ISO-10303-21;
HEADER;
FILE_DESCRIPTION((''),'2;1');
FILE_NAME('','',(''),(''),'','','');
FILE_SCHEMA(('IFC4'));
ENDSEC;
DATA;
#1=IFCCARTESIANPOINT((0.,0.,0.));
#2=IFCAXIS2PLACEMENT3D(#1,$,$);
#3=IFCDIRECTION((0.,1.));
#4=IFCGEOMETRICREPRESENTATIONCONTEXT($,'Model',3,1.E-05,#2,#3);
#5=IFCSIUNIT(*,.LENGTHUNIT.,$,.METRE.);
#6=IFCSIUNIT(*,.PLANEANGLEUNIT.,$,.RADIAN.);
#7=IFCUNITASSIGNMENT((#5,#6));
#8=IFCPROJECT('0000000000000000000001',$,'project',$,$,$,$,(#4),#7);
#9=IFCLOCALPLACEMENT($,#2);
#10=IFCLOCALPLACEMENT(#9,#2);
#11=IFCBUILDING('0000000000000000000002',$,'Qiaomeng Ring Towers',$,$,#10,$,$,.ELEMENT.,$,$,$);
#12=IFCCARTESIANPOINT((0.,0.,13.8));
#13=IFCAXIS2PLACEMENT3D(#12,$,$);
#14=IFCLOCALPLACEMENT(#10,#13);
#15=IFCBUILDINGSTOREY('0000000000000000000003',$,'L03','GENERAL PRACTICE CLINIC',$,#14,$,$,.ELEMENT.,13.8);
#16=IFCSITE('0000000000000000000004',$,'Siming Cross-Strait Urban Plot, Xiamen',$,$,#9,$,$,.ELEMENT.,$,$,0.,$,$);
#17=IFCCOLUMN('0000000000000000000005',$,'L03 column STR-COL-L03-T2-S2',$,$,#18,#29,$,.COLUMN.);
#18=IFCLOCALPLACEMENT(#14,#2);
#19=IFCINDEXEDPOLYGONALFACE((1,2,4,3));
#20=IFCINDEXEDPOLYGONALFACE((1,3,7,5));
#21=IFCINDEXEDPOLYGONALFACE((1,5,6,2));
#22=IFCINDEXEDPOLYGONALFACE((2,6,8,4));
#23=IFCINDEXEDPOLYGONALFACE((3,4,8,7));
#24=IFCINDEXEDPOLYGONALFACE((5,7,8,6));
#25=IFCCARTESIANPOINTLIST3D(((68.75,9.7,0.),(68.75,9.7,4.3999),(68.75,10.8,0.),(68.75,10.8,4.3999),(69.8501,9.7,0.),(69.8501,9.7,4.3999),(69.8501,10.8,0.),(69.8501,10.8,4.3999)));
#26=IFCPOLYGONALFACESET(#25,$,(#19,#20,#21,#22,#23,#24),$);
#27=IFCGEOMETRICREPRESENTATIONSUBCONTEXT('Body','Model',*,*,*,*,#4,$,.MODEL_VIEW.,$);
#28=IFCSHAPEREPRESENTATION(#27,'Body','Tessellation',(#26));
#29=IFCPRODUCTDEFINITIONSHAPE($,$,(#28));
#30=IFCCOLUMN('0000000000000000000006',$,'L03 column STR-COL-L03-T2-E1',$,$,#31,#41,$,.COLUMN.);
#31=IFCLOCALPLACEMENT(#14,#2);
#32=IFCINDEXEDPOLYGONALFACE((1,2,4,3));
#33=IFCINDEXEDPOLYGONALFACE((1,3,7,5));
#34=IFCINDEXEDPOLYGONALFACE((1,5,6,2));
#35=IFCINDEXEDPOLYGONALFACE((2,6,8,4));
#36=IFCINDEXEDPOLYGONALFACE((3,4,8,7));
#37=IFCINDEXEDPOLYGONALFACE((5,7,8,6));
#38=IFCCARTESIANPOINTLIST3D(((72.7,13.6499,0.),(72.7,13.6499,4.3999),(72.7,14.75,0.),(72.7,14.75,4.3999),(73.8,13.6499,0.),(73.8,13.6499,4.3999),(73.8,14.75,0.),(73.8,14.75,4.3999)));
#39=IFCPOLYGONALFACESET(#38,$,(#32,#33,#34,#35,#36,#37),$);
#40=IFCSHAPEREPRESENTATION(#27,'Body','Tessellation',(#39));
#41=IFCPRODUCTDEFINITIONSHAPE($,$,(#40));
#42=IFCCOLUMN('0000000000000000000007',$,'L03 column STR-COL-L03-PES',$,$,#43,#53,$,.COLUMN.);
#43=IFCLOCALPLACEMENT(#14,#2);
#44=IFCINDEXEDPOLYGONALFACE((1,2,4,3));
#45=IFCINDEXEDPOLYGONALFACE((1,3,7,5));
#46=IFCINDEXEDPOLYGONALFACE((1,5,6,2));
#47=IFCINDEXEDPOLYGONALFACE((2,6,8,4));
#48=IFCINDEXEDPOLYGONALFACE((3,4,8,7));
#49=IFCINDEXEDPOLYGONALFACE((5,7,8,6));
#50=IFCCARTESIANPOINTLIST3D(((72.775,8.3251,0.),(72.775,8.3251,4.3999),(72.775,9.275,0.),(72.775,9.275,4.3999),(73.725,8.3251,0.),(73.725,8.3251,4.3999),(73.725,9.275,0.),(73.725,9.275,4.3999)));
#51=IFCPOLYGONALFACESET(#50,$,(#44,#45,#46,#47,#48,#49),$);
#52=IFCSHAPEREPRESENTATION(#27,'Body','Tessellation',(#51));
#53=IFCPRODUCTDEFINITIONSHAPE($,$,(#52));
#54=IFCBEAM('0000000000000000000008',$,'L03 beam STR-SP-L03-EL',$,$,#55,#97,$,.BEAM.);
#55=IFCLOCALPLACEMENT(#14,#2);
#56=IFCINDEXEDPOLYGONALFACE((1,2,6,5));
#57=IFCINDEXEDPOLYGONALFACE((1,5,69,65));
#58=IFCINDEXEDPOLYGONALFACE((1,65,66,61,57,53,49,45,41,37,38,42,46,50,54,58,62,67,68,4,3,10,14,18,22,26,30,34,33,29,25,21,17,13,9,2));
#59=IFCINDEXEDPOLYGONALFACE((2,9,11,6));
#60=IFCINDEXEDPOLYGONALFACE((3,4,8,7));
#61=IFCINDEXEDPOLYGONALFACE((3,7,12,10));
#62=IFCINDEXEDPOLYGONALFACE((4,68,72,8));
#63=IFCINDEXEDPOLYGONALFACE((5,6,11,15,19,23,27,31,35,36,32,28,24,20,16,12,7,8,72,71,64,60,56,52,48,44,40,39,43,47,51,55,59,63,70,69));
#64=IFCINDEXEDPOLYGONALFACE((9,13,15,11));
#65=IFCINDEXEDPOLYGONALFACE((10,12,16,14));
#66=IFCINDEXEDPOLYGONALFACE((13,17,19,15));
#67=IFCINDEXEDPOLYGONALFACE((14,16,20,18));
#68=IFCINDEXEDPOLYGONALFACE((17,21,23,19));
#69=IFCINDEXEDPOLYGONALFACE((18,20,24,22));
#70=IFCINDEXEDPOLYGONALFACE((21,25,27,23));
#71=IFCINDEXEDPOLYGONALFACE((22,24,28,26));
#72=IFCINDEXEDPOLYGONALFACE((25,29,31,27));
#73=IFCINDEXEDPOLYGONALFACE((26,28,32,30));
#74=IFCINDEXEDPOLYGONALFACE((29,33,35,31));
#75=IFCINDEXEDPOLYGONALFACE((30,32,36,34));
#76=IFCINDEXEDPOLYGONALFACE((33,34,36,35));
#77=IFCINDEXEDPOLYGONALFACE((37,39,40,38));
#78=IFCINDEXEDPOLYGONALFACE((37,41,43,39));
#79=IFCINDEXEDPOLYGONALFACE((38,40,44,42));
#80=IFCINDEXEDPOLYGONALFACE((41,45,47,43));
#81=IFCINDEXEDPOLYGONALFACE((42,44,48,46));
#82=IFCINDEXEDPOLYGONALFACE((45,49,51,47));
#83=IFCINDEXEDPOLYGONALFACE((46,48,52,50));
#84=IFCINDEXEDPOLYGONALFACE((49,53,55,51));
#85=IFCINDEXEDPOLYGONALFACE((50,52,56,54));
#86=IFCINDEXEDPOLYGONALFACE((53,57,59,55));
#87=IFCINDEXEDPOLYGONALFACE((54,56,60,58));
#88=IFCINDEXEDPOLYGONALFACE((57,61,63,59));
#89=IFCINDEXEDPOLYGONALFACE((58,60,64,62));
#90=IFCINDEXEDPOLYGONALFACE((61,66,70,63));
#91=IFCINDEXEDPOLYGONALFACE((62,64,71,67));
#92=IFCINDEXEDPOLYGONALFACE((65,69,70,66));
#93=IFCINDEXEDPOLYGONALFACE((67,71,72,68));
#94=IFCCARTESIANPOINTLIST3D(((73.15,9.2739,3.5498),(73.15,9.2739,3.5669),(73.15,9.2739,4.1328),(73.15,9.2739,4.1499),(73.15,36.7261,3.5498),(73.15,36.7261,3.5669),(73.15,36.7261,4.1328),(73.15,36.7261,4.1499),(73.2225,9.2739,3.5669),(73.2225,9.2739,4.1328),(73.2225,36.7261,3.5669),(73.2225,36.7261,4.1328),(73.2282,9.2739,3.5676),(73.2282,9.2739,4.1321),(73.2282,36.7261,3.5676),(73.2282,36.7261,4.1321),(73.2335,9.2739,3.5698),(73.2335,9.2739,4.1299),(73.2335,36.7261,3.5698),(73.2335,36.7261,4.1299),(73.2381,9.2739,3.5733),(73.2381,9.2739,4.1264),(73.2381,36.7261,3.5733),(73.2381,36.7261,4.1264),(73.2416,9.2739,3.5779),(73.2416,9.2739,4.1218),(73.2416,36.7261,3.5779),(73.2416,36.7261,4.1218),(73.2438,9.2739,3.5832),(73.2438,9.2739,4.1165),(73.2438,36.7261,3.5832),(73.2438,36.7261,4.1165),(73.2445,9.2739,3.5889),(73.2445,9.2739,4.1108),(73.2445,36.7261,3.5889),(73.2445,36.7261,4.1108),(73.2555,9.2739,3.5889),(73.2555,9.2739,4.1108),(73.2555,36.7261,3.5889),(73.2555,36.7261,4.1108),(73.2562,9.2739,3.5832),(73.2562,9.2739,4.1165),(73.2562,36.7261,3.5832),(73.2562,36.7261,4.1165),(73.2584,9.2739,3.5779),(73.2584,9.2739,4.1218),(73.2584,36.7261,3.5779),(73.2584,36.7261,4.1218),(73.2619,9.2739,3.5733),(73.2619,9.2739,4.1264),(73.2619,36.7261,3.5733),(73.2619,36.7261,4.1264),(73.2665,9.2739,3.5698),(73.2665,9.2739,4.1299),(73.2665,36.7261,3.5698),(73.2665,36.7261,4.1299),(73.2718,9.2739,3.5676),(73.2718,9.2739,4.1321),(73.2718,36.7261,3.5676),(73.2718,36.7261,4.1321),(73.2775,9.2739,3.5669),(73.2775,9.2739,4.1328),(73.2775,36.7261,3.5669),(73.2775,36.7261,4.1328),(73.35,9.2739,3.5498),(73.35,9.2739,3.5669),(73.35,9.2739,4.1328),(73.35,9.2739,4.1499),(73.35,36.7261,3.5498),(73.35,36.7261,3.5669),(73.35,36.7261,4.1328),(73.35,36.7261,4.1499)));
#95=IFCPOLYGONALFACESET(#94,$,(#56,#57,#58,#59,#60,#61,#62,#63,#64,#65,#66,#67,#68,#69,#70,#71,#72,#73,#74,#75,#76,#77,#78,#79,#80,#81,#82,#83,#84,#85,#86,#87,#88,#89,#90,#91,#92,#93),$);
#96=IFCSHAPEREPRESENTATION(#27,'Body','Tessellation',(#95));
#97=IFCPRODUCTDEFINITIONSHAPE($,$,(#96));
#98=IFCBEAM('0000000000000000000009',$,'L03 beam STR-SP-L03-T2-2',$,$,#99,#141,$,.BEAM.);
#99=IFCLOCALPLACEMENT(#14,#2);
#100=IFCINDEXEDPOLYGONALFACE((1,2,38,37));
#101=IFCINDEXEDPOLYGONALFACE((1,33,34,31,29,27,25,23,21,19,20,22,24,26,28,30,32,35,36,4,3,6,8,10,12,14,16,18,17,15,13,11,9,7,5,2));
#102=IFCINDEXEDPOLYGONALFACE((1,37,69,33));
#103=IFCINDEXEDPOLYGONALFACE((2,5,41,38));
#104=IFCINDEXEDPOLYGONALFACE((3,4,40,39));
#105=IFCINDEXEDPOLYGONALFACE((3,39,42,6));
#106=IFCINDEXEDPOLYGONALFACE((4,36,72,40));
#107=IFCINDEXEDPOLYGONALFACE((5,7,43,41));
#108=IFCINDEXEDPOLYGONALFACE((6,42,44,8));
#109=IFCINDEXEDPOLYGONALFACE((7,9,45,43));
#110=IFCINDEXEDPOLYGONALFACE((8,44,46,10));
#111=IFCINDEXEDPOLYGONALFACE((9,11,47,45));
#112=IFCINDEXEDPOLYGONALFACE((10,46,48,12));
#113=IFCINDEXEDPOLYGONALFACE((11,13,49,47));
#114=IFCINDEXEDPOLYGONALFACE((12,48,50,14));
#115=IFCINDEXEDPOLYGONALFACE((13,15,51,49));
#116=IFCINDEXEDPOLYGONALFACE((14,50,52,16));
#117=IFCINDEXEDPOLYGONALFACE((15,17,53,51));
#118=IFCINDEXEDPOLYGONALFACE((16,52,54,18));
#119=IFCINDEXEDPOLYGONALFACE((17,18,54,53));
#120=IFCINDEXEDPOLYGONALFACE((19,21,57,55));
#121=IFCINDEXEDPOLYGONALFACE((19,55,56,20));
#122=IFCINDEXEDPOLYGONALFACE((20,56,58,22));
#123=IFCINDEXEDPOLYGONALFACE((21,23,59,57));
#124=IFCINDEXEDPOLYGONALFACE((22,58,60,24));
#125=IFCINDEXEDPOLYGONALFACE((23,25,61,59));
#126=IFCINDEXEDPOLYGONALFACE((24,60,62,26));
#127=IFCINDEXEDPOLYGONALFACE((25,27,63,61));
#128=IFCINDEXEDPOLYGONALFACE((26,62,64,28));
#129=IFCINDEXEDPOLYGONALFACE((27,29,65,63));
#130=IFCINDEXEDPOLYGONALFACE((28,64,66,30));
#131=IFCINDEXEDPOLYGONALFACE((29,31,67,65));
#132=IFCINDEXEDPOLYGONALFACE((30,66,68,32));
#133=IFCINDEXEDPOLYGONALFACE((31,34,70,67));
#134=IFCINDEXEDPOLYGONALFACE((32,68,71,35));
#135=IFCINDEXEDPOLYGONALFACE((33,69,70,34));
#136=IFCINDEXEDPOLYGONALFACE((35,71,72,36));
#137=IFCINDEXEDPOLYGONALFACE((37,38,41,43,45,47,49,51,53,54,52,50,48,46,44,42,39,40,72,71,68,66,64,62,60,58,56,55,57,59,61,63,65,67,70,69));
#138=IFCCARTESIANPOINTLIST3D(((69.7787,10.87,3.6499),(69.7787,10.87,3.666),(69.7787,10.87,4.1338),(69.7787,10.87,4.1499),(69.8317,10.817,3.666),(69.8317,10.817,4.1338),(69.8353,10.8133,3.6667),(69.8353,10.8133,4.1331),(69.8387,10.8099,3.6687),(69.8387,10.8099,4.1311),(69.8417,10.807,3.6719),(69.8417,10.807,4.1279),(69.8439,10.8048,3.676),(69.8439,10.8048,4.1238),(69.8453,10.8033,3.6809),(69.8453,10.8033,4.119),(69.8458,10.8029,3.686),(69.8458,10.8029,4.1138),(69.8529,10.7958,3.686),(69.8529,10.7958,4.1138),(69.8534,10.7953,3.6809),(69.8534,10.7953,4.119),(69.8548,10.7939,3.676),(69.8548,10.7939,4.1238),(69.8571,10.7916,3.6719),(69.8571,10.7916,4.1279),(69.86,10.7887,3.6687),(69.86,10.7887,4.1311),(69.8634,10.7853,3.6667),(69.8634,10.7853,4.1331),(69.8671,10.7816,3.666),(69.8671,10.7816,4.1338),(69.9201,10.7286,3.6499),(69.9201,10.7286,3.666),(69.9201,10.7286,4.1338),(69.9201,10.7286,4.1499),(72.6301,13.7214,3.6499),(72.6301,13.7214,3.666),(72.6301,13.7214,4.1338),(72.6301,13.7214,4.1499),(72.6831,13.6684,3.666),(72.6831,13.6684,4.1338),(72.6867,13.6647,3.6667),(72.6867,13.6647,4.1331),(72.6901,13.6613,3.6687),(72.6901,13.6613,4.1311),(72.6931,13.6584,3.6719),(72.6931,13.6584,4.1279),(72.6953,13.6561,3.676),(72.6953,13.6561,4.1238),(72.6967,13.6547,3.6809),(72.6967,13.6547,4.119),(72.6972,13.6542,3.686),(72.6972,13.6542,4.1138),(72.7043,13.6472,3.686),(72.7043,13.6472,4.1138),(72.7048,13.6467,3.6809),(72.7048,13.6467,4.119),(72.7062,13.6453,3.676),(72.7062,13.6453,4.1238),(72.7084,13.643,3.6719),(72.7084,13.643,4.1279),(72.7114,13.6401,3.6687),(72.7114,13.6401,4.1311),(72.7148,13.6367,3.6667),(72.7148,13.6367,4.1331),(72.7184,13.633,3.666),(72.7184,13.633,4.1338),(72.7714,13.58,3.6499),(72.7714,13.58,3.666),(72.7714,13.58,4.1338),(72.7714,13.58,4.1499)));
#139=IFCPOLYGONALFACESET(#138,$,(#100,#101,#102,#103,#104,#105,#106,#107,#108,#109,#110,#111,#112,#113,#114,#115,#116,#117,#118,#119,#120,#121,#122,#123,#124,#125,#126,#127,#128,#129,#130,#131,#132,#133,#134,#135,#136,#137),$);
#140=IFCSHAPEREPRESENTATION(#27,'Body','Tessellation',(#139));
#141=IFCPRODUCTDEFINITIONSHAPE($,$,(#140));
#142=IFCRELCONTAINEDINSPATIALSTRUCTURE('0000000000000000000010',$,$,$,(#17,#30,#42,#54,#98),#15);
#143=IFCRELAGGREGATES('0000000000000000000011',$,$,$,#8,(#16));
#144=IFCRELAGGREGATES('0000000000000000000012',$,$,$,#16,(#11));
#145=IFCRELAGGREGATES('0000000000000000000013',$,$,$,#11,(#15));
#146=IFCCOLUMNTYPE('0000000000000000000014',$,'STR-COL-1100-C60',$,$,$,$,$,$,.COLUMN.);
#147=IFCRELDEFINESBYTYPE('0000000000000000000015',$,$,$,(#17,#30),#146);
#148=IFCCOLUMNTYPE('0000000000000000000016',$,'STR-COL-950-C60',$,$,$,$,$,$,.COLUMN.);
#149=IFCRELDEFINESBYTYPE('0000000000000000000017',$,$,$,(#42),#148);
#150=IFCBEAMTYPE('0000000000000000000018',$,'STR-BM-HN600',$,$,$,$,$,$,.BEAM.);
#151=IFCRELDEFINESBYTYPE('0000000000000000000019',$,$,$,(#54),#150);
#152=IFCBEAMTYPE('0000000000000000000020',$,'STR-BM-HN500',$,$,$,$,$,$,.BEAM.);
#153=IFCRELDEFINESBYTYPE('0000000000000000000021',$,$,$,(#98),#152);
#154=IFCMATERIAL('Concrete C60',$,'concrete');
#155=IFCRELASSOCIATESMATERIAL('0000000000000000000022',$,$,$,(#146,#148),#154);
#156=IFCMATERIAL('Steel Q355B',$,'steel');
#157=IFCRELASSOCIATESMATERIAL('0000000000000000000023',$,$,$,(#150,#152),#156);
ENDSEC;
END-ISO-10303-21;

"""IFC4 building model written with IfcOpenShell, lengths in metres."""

from ifc_helpers import new_model, si_unit, direction, frame, origin, origin_2d, place, context, subcontext, project, spatial, rectangle, i_section, extrude, source, transform, mapped, material, material_profile, profile_set, type_object, element, save


model = new_model("IFC4")

# Units and contexts
model_context = context("Model", 3, precision=1e-05, world=origin(), true_north=direction((0.0, 1.0)))
body_context = subcontext(model_context, "Body", "Model", "MODEL_VIEW")
ifc_project = project(units=[si_unit("LENGTHUNIT", "METRE"), si_unit("PLANEANGLEUNIT", "RADIAN")], contexts=[model_context])

# Site, building, storey
site_placement = place(None, origin())
site = spatial("IfcSite", under=ifc_project, at=site_placement, Name="Siming Cross-Strait Urban Plot, Xiamen", CompositionType="ELEMENT", RefElevation=0.0)
building_placement = place(site_placement, origin())
building = spatial("IfcBuilding", under=site, at=building_placement, Name="Qiaomeng Ring Towers", CompositionType="ELEMENT")
storey_placement = place(building_placement, frame((0.0, 0.0, 13.8)))
storey = spatial("IfcBuildingStorey", under=building, at=storey_placement, Name="L03", Description="GENERAL PRACTICE CLINIC", CompositionType="ELEMENT", Elevation=13.8)

# Columns
ifc_material_1 = material(Name="Concrete C60", Category="concrete")
ifc_material_profile_1 = material_profile(ifc_material_1, rectangle(XDim=1.1001, YDim=1.1001, at=origin_2d()), Name="RC COL 1100x1100")
ifc_profile_set_1 = profile_set([ifc_material_profile_1], Name="Concrete C60")
column_type_1 = type_object("IfcColumnType", Name="STR-COL-1100-C60", PredefinedType="COLUMN", material=ifc_profile_set_1)
shared_shape_1 = source(origin(), body_context, "Body", "SweptSolid", [
    extrude(rectangle(XDim=1.1001, YDim=1.1001, at=origin_2d()), origin(), (0.0, 0.0, 1.0), 4.3999),
])
for number, where, z_axis, x_axis, name in (
    (1, (69.3, 10.25, 0.0), (0.0, 0.0, 1.0), (1.0, 0.0, 0.0), "L03 column STR-COL-L03-T2-S2"),
    (2, (73.25, 14.2, 0.0), (0.0, 0.0, 1.0), (1.0, 0.0, 0.0), "L03 column STR-COL-L03-T2-E1"),
):
    element("IfcColumn", number, at=place(storey_placement, frame(where, z_axis=z_axis, x_axis=x_axis)), inside=storey, type_object=column_type_1, Name=name, PredefinedType="COLUMN", context=body_context, shape_type="MappedRepresentation", body=[
        mapped(shared_shape_1, transform((0.0, 0.0, 0.0), x_axis=(1.0, 0.0, 0.0), y_axis=(0.0, 1.0, 0.0), z_axis=(0.0, 0.0, 1.0), scale=1.0)),
    ])
ifc_material_profile_2 = material_profile(ifc_material_1, rectangle(XDim=0.95, YDim=0.95, at=origin_2d()), Name="RC COL 950x950")
ifc_profile_set_2 = profile_set([ifc_material_profile_2], Name="Concrete C60")
column_type_2 = type_object("IfcColumnType", Name="STR-COL-950-C60", PredefinedType="COLUMN", material=ifc_profile_set_2)
shared_shape_2 = source(origin(), body_context, "Body", "SweptSolid", [
    extrude(rectangle(XDim=0.95, YDim=0.95, at=origin_2d()), origin(), (0.0, 0.0, 1.0), 4.3999),
])
column_placement = place(storey_placement, frame((73.25, 8.8, 0.0), z_axis=(0.0, 0.0, 1.0), x_axis=(1.0, 0.0, 0.0)))
element("IfcColumn", 3, at=column_placement, inside=storey, type_object=column_type_2, Name="L03 column STR-COL-L03-PES", PredefinedType="COLUMN", context=body_context, shape_type="MappedRepresentation", body=[
    mapped(shared_shape_2, transform((0.0, 0.0, 0.0), x_axis=(1.0, 0.0, 0.0), y_axis=(0.0, 1.0, 0.0), z_axis=(0.0, 0.0, 1.0), scale=1.0)),
])

# Beams
ifc_material_2 = material(Name="Steel Q355B", Category="steel")
ifc_material_profile_3 = material_profile(ifc_material_2, i_section(OverallWidth=0.2, OverallDepth=0.6001, WebThickness=0.011, FlangeThickness=0.0171, FilletRadius=0.022, at=origin_2d()), Name="HN 600x200x11x17")
ifc_profile_set_3 = profile_set([ifc_material_profile_3], Name="Steel Q355B")
beam_type_1 = type_object("IfcBeamType", Name="STR-BM-HN600", PredefinedType="BEAM", material=ifc_profile_set_3)
shared_shape_3 = source(origin(), body_context, "Body", "SweptSolid", [
    extrude(i_section(OverallWidth=0.2, OverallDepth=0.6001, WebThickness=0.011, FlangeThickness=0.0171, FilletRadius=0.022, at=origin_2d()), origin(), (0.0, 0.0, 1.0), 27.4521),
])
beam_1_placement = place(storey_placement, frame((73.25, 9.2739, 3.8499), z_axis=(0.0, 1.0, 0.0), x_axis=(-1.0, 0.0, 0.0)))
element("IfcBeam", 4, at=beam_1_placement, inside=storey, type_object=beam_type_1, Name="L03 beam STR-SP-L03-EL", PredefinedType="BEAM", context=body_context, shape_type="MappedRepresentation", body=[
    mapped(shared_shape_3, transform((0.0, 0.0, 0.0), x_axis=(1.0, 0.0, 0.0), y_axis=(0.0, 1.0, 0.0), z_axis=(0.0, 0.0, 1.0), scale=1.0)),
])
ifc_material_profile_4 = material_profile(ifc_material_2, i_section(OverallWidth=0.2, OverallDepth=0.5, WebThickness=0.01, FlangeThickness=0.0161, FilletRadius=0.02, at=origin_2d()), Name="HN 500x200x10x16")
ifc_profile_set_4 = profile_set([ifc_material_profile_4], Name="Steel Q355B")
beam_type_2 = type_object("IfcBeamType", Name="STR-BM-HN500", PredefinedType="BEAM", material=ifc_profile_set_4)
shared_shape_4 = source(origin(), body_context, "Body", "SweptSolid", [
    extrude(i_section(OverallWidth=0.2, OverallDepth=0.5, WebThickness=0.01, FlangeThickness=0.0161, FilletRadius=0.02, at=origin_2d()), origin(), (0.0, 0.0, 1.0), 4.0325),
])
beam_2_placement = place(storey_placement, frame((69.8494, 10.7993, 3.8999), z_axis=(0.707107, 0.707107, 0.0), x_axis=(-0.707107, 0.707107, 0.0)))
element("IfcBeam", 5, at=beam_2_placement, inside=storey, type_object=beam_type_2, Name="L03 beam STR-SP-L03-T2-2", PredefinedType="BEAM", context=body_context, shape_type="MappedRepresentation", body=[
    mapped(shared_shape_4, transform((0.0, 0.0, 0.0), x_axis=(1.0, 0.0, 0.0), y_axis=(0.0, 1.0, 0.0), z_axis=(0.0, 0.0, 1.0), scale=1.0)),
])

save(model, "model.ifc")
